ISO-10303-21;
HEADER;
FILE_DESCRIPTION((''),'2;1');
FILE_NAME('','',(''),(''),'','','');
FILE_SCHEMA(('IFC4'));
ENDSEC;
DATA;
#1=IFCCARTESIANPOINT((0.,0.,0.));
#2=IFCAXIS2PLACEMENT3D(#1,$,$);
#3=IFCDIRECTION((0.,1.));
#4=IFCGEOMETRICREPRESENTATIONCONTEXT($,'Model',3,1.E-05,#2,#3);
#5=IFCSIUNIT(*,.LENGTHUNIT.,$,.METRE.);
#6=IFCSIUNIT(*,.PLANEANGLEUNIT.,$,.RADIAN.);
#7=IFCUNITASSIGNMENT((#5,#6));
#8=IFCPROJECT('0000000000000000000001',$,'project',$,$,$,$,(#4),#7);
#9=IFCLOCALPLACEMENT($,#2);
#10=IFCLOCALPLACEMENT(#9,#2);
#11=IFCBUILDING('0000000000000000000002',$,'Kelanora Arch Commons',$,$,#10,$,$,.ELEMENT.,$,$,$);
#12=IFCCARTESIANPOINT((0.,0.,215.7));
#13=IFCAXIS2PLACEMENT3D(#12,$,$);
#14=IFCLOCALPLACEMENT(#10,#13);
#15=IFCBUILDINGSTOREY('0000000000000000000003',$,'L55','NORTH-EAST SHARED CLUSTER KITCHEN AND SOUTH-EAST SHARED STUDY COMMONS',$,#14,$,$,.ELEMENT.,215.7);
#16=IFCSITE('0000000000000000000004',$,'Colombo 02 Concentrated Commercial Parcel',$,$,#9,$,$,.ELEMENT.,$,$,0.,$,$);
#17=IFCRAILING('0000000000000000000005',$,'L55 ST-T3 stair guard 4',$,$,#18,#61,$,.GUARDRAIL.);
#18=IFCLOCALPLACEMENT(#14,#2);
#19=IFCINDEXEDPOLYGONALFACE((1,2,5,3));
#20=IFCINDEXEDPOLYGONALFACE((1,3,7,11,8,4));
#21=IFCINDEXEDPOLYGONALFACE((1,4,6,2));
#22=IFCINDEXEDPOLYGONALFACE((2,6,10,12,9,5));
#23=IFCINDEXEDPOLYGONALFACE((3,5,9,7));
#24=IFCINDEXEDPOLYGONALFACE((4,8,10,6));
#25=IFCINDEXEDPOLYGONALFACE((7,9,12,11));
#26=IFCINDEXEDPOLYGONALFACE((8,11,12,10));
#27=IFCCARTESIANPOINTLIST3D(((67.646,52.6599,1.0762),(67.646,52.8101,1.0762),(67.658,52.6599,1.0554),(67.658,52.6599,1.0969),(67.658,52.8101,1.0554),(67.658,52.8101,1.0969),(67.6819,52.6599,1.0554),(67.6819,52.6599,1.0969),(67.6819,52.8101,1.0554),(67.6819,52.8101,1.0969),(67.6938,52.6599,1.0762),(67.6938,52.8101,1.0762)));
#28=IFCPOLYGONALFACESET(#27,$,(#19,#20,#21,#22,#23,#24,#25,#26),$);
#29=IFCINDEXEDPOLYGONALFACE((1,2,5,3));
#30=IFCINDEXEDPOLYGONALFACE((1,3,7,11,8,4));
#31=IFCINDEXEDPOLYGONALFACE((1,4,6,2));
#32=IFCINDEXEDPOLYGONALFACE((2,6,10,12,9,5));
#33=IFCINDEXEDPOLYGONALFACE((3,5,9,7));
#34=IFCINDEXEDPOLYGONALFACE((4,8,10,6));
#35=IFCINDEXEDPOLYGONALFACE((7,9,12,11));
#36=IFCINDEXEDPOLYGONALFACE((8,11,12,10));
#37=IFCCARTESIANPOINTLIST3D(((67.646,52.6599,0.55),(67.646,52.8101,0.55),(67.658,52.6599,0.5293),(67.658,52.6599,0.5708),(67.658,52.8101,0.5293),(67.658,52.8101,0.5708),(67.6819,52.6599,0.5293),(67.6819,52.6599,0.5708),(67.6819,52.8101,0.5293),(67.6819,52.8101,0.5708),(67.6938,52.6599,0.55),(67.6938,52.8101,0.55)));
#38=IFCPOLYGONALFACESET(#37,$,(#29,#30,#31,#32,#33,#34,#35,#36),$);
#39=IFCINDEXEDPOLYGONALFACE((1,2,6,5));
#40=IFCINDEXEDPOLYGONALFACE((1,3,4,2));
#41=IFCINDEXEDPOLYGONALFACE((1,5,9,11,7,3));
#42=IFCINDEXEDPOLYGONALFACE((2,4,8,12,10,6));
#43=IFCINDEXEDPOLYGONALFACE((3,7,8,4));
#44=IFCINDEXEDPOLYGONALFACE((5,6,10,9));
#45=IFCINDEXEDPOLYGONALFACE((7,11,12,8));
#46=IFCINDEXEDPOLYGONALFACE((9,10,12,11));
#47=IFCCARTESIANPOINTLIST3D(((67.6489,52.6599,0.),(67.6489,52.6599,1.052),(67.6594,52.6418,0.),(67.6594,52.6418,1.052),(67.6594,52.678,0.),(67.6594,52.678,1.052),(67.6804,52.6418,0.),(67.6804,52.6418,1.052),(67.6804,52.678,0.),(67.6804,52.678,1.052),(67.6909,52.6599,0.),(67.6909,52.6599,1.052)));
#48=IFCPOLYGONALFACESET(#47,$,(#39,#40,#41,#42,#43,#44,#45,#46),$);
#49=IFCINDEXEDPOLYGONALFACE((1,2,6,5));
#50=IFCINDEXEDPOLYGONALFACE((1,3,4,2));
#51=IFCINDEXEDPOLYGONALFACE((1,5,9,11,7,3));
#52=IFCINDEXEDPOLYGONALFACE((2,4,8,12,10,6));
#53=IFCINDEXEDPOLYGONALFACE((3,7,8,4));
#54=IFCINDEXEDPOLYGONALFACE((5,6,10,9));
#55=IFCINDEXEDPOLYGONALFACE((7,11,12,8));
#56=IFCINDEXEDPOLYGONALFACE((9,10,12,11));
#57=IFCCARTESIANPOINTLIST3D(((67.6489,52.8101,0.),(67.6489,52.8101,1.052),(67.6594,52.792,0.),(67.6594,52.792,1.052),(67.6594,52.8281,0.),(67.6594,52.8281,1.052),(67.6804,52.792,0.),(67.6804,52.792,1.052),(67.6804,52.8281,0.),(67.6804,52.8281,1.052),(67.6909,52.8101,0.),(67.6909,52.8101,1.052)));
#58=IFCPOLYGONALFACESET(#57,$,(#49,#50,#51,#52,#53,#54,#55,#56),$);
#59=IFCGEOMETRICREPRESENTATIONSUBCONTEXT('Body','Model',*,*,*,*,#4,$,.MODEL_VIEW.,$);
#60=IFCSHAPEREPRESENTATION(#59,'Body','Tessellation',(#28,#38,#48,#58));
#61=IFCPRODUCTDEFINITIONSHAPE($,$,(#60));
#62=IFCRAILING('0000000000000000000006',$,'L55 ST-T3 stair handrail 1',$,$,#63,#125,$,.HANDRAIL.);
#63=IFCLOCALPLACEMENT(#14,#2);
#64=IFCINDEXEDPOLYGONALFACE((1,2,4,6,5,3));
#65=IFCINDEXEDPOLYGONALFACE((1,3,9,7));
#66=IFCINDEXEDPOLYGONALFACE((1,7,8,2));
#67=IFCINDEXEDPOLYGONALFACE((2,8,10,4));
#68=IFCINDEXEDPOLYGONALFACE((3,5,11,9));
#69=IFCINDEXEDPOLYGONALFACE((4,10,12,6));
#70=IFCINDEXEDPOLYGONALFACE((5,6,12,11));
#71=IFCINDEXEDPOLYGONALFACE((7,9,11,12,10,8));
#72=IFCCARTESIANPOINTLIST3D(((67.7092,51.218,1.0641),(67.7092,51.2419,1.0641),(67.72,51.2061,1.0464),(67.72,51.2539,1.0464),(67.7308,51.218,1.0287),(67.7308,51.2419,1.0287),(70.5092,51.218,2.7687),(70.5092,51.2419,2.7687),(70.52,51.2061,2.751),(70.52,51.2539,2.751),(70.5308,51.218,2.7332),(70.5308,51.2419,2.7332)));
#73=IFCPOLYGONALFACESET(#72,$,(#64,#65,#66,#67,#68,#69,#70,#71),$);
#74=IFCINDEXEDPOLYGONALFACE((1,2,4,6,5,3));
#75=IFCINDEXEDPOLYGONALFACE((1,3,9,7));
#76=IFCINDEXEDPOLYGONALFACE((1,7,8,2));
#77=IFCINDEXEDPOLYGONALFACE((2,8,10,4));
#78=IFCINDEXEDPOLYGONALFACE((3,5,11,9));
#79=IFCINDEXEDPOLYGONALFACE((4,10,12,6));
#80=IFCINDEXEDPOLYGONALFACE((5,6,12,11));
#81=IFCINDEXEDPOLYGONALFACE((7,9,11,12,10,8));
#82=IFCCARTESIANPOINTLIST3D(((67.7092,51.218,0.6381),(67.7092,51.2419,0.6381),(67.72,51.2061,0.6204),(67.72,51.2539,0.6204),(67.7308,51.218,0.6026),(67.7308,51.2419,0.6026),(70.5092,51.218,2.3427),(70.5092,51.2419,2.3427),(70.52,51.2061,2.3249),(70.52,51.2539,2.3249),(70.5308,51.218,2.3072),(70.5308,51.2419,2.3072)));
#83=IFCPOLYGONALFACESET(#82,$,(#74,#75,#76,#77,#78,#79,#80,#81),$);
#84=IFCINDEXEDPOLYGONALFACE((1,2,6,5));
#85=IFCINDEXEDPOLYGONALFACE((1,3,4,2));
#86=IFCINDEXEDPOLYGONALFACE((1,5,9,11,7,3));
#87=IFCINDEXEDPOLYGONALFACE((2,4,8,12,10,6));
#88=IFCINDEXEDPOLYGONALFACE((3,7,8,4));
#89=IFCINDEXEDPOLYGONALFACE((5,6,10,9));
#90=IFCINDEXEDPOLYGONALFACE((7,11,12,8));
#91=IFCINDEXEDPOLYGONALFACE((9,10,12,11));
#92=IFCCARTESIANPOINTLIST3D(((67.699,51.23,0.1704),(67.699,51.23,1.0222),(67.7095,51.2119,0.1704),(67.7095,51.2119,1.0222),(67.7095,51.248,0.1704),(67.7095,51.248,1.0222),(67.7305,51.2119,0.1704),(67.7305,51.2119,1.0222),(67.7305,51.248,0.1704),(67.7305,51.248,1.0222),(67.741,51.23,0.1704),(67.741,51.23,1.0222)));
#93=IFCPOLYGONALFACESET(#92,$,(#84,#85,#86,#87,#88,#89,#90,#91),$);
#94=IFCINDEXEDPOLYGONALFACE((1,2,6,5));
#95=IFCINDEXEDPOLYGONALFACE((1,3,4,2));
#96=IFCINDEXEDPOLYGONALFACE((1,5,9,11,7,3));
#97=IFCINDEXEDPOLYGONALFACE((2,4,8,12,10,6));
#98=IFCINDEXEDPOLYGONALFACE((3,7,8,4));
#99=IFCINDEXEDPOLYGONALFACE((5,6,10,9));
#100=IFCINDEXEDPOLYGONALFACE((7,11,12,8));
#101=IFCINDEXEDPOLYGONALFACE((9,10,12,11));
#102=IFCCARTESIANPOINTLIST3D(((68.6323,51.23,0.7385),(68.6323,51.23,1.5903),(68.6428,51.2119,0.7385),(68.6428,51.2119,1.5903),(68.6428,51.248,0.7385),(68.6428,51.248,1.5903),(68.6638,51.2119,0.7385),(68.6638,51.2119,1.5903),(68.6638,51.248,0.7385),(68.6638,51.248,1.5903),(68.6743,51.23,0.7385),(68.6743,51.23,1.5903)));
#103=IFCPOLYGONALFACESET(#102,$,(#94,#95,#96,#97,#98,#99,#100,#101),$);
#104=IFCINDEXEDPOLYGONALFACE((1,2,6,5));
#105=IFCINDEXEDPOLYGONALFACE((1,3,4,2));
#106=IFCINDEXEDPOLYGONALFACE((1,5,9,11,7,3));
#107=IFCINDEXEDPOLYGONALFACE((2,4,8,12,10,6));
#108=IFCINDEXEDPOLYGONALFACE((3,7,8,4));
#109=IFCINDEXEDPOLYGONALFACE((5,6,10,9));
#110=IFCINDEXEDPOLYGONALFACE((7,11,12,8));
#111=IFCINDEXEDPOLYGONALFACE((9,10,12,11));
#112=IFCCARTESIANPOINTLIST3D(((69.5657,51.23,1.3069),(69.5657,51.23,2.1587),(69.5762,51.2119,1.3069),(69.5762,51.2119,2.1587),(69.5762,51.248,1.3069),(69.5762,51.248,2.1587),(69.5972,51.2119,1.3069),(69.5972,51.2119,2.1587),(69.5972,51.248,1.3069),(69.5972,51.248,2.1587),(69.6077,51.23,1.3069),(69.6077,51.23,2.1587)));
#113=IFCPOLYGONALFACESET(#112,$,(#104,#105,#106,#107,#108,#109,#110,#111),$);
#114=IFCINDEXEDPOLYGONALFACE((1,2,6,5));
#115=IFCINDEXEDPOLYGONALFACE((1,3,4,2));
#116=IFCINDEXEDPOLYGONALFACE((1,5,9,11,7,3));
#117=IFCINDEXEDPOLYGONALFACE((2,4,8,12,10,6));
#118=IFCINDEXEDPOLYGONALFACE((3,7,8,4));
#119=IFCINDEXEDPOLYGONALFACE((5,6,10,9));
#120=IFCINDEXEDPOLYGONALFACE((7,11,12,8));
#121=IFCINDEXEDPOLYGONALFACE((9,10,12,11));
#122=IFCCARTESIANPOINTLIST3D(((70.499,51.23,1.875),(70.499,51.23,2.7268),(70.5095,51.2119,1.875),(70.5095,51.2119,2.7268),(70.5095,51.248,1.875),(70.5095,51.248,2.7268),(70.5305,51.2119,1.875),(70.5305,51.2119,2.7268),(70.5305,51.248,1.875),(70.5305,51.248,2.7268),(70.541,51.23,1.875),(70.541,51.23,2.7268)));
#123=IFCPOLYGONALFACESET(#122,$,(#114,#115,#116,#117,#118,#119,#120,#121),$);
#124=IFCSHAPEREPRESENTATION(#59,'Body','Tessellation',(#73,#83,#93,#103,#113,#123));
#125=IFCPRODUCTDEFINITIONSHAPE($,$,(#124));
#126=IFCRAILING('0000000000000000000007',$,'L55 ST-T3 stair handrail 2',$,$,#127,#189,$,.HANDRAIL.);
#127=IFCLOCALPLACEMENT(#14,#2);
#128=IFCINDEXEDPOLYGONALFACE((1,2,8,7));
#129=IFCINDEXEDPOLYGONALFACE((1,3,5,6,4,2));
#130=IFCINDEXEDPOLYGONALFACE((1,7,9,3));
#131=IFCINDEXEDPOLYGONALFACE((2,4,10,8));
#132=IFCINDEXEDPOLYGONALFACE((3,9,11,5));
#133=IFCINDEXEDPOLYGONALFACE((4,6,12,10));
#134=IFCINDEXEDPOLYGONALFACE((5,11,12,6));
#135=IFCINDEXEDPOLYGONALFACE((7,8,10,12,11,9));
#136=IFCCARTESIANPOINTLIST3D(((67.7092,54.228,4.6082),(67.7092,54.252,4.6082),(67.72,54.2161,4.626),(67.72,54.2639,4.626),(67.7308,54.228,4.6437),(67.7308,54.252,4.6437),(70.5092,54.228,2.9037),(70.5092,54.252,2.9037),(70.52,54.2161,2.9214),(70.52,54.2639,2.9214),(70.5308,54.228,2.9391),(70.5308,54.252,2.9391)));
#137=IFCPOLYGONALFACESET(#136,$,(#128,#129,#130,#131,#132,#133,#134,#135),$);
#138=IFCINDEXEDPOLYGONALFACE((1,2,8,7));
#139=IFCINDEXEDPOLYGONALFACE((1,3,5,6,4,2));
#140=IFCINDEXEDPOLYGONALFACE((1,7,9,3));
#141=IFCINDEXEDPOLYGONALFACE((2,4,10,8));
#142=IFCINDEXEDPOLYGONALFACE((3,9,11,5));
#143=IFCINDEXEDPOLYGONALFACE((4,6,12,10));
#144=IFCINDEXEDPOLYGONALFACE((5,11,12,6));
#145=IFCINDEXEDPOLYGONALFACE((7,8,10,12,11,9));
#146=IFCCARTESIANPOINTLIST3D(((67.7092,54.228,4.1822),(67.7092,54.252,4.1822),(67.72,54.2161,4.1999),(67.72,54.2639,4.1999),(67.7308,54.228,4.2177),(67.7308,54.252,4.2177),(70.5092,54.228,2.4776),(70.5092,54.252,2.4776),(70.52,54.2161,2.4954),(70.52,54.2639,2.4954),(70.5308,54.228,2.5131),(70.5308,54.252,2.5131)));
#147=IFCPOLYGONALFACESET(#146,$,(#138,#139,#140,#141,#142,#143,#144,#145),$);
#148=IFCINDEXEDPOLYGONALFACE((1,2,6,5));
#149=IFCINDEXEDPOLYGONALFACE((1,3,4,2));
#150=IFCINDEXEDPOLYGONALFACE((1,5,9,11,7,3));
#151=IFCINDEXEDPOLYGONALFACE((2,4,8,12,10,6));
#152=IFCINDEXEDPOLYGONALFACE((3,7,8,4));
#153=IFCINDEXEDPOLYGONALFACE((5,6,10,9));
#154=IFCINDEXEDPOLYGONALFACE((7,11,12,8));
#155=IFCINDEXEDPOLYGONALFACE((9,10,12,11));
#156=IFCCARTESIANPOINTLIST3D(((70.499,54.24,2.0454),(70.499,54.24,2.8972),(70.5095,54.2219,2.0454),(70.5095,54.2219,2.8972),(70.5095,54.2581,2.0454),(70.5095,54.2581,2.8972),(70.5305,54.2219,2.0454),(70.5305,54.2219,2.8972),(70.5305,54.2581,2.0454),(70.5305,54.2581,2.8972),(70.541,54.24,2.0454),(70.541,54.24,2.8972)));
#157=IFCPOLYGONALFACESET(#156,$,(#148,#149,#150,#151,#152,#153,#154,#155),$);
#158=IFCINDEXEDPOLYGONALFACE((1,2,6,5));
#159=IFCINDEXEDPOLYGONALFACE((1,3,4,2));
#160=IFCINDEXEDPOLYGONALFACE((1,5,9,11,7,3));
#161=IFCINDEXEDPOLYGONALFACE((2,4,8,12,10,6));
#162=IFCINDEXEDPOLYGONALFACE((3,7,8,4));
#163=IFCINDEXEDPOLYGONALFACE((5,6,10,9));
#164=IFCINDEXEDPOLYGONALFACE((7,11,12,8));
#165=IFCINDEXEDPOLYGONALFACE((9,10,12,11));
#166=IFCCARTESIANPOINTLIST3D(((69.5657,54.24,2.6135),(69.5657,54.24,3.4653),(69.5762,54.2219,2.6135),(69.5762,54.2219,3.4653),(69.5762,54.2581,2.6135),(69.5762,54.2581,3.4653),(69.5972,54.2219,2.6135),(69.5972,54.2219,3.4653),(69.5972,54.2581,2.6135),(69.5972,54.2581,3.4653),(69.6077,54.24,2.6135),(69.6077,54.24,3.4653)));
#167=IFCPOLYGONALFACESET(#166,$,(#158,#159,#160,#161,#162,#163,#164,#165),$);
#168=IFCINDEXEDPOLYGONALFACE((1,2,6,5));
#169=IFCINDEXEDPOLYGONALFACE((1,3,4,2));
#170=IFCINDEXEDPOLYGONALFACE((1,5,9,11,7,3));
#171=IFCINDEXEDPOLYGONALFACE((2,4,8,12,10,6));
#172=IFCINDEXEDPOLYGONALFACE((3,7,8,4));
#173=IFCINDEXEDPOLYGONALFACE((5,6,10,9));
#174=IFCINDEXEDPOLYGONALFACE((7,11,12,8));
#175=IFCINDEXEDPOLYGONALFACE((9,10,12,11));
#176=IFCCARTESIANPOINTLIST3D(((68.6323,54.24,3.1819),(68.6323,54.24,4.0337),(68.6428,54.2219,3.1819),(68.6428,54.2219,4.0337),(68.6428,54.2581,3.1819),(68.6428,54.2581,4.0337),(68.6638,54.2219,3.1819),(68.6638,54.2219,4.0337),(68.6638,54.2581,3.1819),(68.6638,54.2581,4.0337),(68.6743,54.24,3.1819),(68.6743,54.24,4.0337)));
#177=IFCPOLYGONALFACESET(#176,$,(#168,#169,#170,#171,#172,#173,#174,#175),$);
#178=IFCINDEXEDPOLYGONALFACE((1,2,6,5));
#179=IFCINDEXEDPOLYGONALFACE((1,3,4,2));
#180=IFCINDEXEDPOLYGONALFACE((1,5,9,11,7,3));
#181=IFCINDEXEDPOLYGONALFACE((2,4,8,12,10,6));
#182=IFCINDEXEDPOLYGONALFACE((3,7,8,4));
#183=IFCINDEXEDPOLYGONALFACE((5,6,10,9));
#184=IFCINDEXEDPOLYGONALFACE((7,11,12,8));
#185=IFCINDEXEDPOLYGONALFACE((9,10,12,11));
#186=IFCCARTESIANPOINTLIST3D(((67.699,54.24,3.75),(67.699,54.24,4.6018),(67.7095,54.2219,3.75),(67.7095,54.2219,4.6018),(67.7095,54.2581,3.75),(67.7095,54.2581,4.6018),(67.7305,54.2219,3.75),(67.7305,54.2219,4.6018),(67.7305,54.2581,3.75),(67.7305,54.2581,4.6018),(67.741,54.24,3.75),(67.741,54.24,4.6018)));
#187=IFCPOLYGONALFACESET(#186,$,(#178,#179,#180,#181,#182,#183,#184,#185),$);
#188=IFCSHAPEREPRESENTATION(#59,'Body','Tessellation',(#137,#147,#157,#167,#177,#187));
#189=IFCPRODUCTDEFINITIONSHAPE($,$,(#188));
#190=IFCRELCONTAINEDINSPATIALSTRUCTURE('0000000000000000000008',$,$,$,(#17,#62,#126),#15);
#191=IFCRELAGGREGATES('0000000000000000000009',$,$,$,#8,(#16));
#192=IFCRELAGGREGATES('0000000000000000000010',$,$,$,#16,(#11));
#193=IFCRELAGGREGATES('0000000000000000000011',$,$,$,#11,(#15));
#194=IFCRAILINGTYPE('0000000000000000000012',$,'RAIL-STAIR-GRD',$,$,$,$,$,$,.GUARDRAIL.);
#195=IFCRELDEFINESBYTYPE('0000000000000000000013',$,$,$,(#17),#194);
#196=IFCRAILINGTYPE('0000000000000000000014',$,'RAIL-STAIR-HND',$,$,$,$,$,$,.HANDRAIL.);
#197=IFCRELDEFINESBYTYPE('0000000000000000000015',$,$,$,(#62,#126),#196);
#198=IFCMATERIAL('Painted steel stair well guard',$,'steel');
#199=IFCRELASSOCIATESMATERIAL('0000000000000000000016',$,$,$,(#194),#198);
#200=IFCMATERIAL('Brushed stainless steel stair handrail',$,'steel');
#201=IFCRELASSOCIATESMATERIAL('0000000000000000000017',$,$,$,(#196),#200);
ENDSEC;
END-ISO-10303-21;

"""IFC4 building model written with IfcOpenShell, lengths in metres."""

from ifc_helpers import new_model, si_unit, direction, frame, origin, place, context, subcontext, project, spatial, polyline, outline, extrude, material, type_object, element, save


model = new_model("IFC4")

# Units and contexts
model_context = context("Model", 3, precision=1e-05, world=origin(), true_north=direction((0.0, 1.0)))
body_context = subcontext(model_context, "Body", "Model", "MODEL_VIEW")
ifc_project = project(units=[si_unit("LENGTHUNIT", "METRE"), si_unit("PLANEANGLEUNIT", "RADIAN")], contexts=[model_context])

# Site, building, storey
site_placement = place(None, origin())
site = spatial("IfcSite", under=ifc_project, at=site_placement, Name="Colombo 02 Concentrated Commercial Parcel", CompositionType="ELEMENT", RefElevation=0.0)
building_placement = place(site_placement, origin())
building = spatial("IfcBuilding", under=site, at=building_placement, Name="Kelanora Arch Commons", CompositionType="ELEMENT")
storey_placement = place(building_placement, frame((0.0, 0.0, 215.7)))
storey = spatial("IfcBuildingStorey", under=building, at=storey_placement, Name="L55", Description="NORTH-EAST SHARED CLUSTER KITCHEN AND SOUTH-EAST SHARED STUDY COMMONS", CompositionType="ELEMENT", Elevation=215.7)

# Railings
ifc_material_1 = material(Name="Painted steel stair well guard", Category="steel")
railing_type_1 = type_object("IfcRailingType", Name="RAIL-STAIR-GRD", PredefinedType="GUARDRAIL", material=ifc_material_1)
railing_1_placement = place(storey_placement, frame((67.6699, 52.6599, 0.0)))
element("IfcRailing", 1, at=railing_1_placement, inside=storey, type_object=railing_type_1, Name="L55 ST-T3 stair guard 4", PredefinedType="GUARDRAIL", context=body_context, shape_type="SweptSolid", body=[
    extrude(outline(polyline([(0.0239, 0.0), (0.012, 0.0208), (-0.012, 0.0208), (-0.0239, 0.0), (-0.012, -0.0208), (0.012, -0.0208), (0.0239, 0.0)])), frame((0.0, 0.0, 1.0762), z_axis=(0.0, 1.0, 0.0), x_axis=(-1.0, 0.0, 0.0)), (0.0, 0.0, 1.0), 0.1501),
    extrude(outline(polyline([(0.0239, 0.0), (0.012, 0.0208), (-0.012, 0.0208), (-0.0239, 0.0), (-0.012, -0.0208), (0.012, -0.0208), (0.0239, 0.0)])), frame((0.0, 0.0, 0.55), z_axis=(0.0, 1.0, 0.0), x_axis=(-1.0, 0.0, 0.0)), (0.0, 0.0, 1.0), 0.1501),
    extrude(outline(polyline([(0.021, 0.0), (0.0105, 0.0181), (-0.0105, 0.0181), (-0.021, 0.0), (-0.0105, -0.0181), (0.0105, -0.0181), (0.021, 0.0)])), origin(), (0.0, 0.0, 1.0), 1.052),
    extrude(outline(polyline([(0.021, 0.0), (0.0105, 0.0181), (-0.0105, 0.0181), (-0.021, 0.0), (-0.0105, -0.0181), (0.0105, -0.0181), (0.021, 0.0)])), frame((0.0, 0.1501, 0.0)), (0.0, 0.0, 1.0), 1.052),
])
ifc_material_2 = material(Name="Brushed stainless steel stair handrail", Category="steel")
railing_type_2 = type_object("IfcRailingType", Name="RAIL-STAIR-HND", PredefinedType="HANDRAIL", material=ifc_material_2)
railing_2_placement = place(storey_placement, frame((67.72, 51.23, 0.1704)))
element("IfcRailing", 2, at=railing_2_placement, inside=storey, type_object=railing_type_2, Name="L55 ST-T3 stair handrail 1", PredefinedType="HANDRAIL", context=body_context, shape_type="SweptSolid", body=[
    extrude(outline(polyline([(0.0239, 0.0), (0.012, 0.0208), (-0.012, 0.0208), (-0.0239, 0.0), (-0.012, -0.0208), (0.012, -0.0208), (0.0239, 0.0)])), frame((0.0, 0.0, 0.876), z_axis=(0.85417, 0.0, 0.519994), x_axis=(0.0, 1.0, 0.0)), (0.0, 0.0, 1.0), 3.2781),
    extrude(outline(polyline([(0.0239, 0.0), (0.012, 0.0208), (-0.012, 0.0208), (-0.0239, 0.0), (-0.012, -0.0208), (0.012, -0.0208), (0.0239, 0.0)])), frame((0.0, 0.0, 0.45), z_axis=(0.85417, 0.0, 0.519994), x_axis=(0.0, 1.0, 0.0)), (0.0, 0.0, 1.0), 3.2781),
    extrude(outline(polyline([(0.021, 0.0), (0.0105, 0.0181), (-0.0105, 0.0181), (-0.021, 0.0), (-0.0105, -0.0181), (0.0105, -0.0181), (0.021, 0.0)])), origin(), (0.0, 0.0, 1.0), 0.8518),
    extrude(outline(polyline([(0.021, 0.0), (0.0105, 0.0181), (-0.0105, 0.0181), (-0.021, 0.0), (-0.0105, -0.0181), (0.0105, -0.0181), (0.021, 0.0)])), frame((0.9333, 0.0, 0.5681)), (0.0, 0.0, 1.0), 0.8518),
    extrude(outline(polyline([(0.021, 0.0), (0.0105, 0.0181), (-0.0105, 0.0181), (-0.021, 0.0), (-0.0105, -0.0181), (0.0105, -0.0181), (0.021, 0.0)])), frame((1.8667, 0.0, 1.1365)), (0.0, 0.0, 1.0), 0.8518),
    extrude(outline(polyline([(0.021, 0.0), (0.0105, 0.0181), (-0.0105, 0.0181), (-0.021, 0.0), (-0.0105, -0.0181), (0.0105, -0.0181), (0.021, 0.0)])), frame((2.8, 0.0, 1.7046)), (0.0, 0.0, 1.0), 0.8518),
])
railing_3_placement = place(storey_placement, frame((70.52, 54.24, 2.0454)))
element("IfcRailing", 3, at=railing_3_placement, inside=storey, type_object=railing_type_2, Name="L55 ST-T3 stair handrail 2", PredefinedType="HANDRAIL", context=body_context, shape_type="SweptSolid", body=[
    extrude(outline(polyline([(0.0239, 0.0), (0.012, 0.0208), (-0.012, 0.0208), (-0.0239, 0.0), (-0.012, -0.0208), (0.012, -0.0208), (0.0239, 0.0)])), frame((0.0, 0.0, 0.876), z_axis=(-0.85417, 0.0, 0.519994), x_axis=(0.0, -1.0, 0.0)), (0.0, 0.0, 1.0), 3.2781),
    extrude(outline(polyline([(0.0239, 0.0), (0.012, 0.0208), (-0.012, 0.0208), (-0.0239, 0.0), (-0.012, -0.0208), (0.012, -0.0208), (0.0239, 0.0)])), frame((0.0, 0.0, 0.45), z_axis=(-0.85417, 0.0, 0.519994), x_axis=(0.0, -1.0, 0.0)), (0.0, 0.0, 1.0), 3.2781),
    extrude(outline(polyline([(0.021, 0.0), (0.0105, 0.0181), (-0.0105, 0.0181), (-0.021, 0.0), (-0.0105, -0.0181), (0.0105, -0.0181), (0.021, 0.0)])), origin(), (0.0, 0.0, 1.0), 0.8518),
    extrude(outline(polyline([(0.021, 0.0), (0.0105, 0.0181), (-0.0105, 0.0181), (-0.021, 0.0), (-0.0105, -0.0181), (0.0105, -0.0181), (0.021, 0.0)])), frame((-0.9333, 0.0, 0.5681)), (0.0, 0.0, 1.0), 0.8518),
    extrude(outline(polyline([(0.021, 0.0), (0.0105, 0.0181), (-0.0105, 0.0181), (-0.021, 0.0), (-0.0105, -0.0181), (0.0105, -0.0181), (0.021, 0.0)])), frame((-1.8667, 0.0, 1.1365)), (0.0, 0.0, 1.0), 0.8518),
    extrude(outline(polyline([(0.021, 0.0), (0.0105, 0.0181), (-0.0105, 0.0181), (-0.021, 0.0), (-0.0105, -0.0181), (0.0105, -0.0181), (0.021, 0.0)])), frame((-2.8, 0.0, 1.7046)), (0.0, 0.0, 1.0), 0.8518),
])

save(model, "model.ifc")
